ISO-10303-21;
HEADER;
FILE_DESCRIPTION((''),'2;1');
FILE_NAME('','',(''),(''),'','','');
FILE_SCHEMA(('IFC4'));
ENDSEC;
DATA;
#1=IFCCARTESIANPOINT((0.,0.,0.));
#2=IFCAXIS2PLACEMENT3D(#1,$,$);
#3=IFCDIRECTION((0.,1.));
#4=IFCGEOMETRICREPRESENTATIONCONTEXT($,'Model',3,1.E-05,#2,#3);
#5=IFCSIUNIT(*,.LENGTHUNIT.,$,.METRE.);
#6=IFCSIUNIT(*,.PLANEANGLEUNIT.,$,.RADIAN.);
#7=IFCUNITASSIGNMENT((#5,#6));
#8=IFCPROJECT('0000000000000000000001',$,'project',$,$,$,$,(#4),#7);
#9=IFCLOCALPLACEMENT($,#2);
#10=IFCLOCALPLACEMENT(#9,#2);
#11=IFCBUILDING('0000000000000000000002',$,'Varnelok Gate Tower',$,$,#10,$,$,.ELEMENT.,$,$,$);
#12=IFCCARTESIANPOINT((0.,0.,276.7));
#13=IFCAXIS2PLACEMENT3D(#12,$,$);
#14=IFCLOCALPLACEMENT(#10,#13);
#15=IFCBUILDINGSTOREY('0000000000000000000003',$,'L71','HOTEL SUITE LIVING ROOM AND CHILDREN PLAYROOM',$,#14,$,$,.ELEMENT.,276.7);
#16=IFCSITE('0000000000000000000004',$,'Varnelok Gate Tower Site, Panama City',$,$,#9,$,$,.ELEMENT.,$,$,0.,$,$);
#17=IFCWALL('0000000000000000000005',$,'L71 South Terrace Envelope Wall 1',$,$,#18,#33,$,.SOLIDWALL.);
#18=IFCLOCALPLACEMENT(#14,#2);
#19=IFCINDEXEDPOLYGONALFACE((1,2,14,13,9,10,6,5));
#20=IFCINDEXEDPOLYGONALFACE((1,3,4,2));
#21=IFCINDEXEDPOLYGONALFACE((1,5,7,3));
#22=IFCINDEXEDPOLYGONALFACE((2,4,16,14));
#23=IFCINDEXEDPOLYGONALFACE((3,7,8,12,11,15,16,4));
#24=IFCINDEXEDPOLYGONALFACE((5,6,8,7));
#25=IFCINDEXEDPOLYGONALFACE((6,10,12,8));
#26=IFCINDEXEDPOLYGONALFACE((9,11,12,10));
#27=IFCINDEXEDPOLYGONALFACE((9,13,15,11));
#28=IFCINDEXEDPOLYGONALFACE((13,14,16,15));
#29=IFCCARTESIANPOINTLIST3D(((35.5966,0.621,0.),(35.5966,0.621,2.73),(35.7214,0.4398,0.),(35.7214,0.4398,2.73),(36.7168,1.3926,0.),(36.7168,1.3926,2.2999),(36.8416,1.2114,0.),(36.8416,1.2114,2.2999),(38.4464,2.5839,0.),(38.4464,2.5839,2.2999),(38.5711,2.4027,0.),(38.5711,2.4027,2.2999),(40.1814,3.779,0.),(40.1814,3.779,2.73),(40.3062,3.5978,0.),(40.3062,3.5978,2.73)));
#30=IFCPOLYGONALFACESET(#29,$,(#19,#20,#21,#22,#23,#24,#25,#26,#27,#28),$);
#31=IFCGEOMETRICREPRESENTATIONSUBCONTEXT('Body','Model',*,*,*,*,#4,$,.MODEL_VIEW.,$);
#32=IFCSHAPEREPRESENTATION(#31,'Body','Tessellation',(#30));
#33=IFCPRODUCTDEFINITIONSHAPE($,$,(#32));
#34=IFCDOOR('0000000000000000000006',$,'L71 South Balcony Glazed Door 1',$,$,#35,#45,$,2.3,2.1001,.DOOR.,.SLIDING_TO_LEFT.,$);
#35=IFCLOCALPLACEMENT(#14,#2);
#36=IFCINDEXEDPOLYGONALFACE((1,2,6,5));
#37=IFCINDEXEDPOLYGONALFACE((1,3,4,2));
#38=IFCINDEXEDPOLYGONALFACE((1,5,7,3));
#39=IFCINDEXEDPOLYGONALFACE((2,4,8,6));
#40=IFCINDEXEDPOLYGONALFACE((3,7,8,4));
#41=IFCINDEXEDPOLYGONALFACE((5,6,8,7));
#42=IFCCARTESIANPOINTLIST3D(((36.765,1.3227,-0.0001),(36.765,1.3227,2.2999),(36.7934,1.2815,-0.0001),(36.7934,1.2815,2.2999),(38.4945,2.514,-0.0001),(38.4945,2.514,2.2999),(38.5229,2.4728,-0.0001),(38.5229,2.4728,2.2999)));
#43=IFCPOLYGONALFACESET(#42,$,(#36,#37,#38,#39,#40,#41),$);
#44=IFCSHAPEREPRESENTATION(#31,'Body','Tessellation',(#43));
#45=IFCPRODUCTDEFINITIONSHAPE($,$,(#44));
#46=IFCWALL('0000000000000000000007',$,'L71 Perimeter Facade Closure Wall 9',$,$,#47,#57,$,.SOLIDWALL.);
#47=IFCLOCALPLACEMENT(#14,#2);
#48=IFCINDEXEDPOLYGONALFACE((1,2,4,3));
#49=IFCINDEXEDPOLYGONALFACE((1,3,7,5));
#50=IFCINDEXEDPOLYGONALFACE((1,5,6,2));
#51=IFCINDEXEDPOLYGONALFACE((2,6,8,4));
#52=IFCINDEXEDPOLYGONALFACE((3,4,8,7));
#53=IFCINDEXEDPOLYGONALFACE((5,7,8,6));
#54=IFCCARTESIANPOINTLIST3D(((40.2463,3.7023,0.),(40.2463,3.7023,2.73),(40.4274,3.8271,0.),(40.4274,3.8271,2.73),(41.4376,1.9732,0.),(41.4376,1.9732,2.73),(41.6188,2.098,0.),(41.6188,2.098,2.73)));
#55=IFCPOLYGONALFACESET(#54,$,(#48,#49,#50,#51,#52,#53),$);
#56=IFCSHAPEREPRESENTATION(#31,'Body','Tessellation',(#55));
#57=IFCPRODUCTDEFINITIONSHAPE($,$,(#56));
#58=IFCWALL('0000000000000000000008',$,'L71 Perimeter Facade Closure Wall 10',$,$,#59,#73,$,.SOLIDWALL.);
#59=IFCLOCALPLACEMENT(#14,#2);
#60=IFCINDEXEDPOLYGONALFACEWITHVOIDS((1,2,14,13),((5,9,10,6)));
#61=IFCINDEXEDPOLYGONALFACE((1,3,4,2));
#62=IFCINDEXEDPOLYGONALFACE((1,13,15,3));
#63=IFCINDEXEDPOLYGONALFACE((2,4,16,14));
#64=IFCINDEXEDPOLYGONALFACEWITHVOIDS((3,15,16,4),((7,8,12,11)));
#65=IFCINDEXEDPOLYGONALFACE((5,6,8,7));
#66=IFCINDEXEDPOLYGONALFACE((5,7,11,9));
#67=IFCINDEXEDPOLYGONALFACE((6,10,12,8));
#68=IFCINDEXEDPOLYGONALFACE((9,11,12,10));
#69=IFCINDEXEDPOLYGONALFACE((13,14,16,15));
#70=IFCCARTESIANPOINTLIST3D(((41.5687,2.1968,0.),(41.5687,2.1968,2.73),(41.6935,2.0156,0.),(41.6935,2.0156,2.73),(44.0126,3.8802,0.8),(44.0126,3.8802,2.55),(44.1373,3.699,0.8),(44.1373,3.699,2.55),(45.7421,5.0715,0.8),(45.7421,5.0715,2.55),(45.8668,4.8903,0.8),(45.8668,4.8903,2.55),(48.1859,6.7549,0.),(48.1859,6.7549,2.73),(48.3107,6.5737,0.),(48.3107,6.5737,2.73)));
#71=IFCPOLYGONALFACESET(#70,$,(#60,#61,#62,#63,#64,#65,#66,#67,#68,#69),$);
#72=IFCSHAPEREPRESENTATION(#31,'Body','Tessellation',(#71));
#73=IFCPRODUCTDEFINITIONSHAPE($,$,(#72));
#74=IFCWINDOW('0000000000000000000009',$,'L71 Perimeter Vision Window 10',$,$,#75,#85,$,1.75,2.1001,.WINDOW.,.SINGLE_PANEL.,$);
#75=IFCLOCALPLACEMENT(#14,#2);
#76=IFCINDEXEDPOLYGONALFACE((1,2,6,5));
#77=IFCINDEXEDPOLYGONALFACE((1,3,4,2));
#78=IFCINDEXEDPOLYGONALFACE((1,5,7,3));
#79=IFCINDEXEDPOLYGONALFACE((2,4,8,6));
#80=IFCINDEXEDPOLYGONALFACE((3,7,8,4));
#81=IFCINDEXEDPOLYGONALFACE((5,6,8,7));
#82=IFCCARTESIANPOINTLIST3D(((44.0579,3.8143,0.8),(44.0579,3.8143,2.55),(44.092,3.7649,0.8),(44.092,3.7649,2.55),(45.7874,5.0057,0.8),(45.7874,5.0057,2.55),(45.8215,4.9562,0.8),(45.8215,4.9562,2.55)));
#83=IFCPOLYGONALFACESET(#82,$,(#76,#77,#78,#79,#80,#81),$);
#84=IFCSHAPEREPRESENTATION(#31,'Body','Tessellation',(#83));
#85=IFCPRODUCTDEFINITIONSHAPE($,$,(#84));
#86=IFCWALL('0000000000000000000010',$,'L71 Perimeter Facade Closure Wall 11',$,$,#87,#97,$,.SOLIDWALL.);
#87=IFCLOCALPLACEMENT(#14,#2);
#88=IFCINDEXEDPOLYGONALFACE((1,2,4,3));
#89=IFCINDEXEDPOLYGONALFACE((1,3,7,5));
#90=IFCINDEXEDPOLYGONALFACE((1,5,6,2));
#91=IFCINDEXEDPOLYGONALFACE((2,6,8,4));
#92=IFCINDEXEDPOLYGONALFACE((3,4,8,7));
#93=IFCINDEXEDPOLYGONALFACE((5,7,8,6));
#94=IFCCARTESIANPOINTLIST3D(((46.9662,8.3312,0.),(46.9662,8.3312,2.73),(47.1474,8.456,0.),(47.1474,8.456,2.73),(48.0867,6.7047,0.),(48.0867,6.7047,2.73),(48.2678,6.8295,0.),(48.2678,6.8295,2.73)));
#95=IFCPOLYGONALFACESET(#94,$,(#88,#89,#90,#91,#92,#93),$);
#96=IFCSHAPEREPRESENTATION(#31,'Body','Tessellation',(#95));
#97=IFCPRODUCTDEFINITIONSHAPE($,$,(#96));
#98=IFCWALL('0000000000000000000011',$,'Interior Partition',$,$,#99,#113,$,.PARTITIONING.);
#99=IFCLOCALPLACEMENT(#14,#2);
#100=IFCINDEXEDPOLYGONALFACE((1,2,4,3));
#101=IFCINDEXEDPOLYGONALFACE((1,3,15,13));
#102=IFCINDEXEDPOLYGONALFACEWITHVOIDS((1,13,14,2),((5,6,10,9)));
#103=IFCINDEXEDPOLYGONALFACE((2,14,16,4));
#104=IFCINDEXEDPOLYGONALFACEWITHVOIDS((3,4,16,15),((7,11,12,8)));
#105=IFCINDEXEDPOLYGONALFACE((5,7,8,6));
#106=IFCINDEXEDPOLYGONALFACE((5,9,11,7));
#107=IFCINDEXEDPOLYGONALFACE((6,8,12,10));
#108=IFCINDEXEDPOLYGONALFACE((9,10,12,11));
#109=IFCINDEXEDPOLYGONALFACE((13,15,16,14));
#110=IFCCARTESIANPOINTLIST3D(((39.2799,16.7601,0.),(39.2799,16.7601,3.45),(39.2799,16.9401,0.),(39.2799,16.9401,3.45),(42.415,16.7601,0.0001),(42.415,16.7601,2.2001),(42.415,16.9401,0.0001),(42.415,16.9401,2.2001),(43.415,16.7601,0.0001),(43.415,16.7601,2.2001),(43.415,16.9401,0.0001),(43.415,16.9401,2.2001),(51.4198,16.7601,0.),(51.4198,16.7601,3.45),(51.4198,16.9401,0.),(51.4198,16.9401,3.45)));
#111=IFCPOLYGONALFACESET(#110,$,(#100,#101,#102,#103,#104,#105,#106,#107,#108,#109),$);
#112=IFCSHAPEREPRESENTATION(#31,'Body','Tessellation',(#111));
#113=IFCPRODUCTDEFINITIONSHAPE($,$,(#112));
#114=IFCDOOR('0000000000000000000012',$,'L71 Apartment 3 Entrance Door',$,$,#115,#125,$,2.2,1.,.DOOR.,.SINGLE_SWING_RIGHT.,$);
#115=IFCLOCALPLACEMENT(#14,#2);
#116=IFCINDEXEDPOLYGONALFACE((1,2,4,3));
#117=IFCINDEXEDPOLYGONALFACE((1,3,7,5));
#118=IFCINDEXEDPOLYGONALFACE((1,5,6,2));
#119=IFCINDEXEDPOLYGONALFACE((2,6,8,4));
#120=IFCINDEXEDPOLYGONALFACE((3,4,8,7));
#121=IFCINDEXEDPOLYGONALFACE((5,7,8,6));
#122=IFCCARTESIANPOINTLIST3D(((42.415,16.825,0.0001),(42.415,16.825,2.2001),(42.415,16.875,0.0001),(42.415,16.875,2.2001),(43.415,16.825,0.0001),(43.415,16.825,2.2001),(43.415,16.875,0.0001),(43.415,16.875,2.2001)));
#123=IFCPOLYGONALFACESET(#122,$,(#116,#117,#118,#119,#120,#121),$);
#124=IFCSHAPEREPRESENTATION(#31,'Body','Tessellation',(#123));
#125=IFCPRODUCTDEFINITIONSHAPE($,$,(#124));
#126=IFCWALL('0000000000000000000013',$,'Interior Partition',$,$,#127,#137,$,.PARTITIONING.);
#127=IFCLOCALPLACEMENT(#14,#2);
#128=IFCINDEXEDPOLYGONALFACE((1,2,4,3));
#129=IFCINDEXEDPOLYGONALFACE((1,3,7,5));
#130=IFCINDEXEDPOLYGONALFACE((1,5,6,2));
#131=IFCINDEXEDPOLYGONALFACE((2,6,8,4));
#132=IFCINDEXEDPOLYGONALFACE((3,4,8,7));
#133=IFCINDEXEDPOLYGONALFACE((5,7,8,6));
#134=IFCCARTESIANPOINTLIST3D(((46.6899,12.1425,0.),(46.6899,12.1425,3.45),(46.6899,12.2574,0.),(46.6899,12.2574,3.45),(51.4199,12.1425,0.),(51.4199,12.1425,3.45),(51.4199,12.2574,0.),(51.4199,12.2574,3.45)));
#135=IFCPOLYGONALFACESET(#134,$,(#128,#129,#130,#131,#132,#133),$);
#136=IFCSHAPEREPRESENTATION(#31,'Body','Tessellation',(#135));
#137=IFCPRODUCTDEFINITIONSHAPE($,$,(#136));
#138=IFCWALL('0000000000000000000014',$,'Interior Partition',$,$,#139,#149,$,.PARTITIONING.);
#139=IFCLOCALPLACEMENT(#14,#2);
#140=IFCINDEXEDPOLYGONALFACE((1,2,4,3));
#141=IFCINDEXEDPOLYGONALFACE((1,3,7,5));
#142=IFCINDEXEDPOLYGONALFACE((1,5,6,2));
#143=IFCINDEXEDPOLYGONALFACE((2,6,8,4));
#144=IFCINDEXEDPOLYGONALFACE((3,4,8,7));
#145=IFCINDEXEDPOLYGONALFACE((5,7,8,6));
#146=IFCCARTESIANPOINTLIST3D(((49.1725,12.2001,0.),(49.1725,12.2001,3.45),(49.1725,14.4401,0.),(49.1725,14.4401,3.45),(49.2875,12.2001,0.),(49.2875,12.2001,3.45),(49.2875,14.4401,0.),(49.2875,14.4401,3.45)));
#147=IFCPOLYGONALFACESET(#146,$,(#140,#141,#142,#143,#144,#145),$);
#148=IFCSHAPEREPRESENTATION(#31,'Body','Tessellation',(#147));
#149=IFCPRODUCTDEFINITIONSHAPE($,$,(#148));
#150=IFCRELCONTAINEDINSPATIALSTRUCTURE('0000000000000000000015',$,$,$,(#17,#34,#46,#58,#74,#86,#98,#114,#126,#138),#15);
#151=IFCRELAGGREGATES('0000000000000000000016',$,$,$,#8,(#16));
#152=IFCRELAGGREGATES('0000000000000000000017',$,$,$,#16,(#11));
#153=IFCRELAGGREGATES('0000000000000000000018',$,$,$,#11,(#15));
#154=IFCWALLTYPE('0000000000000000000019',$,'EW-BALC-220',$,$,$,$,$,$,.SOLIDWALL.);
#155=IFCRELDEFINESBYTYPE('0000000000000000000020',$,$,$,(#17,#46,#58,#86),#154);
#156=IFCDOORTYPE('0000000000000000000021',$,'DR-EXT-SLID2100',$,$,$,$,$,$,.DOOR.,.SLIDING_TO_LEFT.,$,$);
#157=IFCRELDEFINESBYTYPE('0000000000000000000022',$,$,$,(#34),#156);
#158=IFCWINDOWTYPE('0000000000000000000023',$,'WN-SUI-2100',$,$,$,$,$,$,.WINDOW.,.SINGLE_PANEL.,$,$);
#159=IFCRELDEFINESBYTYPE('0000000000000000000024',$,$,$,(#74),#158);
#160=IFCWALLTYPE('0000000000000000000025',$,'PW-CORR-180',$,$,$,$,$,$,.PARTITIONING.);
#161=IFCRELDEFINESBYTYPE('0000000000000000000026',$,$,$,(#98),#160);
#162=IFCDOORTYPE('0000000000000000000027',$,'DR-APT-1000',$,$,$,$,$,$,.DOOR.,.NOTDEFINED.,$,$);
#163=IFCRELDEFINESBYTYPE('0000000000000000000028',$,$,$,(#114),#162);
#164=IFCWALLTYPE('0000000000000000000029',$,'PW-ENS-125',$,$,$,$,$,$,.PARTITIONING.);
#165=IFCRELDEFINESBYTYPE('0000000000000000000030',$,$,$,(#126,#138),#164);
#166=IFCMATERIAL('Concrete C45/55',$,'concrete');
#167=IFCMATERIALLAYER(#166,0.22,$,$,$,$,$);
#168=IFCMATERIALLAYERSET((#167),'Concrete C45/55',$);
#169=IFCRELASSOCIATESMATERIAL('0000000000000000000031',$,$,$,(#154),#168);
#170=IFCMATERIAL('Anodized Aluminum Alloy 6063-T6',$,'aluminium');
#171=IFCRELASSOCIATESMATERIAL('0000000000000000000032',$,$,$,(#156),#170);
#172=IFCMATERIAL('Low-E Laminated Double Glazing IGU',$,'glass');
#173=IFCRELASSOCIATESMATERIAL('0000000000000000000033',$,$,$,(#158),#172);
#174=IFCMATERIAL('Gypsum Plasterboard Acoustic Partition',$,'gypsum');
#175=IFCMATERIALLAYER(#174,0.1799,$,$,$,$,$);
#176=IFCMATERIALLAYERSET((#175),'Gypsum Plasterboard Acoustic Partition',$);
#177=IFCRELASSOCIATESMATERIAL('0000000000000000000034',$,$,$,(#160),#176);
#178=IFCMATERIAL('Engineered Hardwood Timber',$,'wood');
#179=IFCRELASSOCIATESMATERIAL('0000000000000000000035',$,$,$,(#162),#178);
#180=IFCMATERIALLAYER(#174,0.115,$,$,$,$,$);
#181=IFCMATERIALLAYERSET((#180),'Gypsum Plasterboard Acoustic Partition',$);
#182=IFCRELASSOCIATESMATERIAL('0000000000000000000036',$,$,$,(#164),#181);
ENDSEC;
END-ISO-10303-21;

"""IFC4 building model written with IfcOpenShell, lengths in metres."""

from ifc_helpers import new_model, si_unit, direction, frame, frame_2d, origin, place, context, subcontext, project, spatial, rectangle, extrude, material, layer, layer_set, type_object, element, fill, save


model = new_model("IFC4")

# Units and contexts
model_context = context("Model", 3, precision=1e-05, world=origin(), true_north=direction((0.0, 1.0)))
body_context = subcontext(model_context, "Body", "Model", "MODEL_VIEW")
ifc_project = project(units=[si_unit("LENGTHUNIT", "METRE"), si_unit("PLANEANGLEUNIT", "RADIAN")], contexts=[model_context])

# Site, building, storey
site_placement = place(None, origin())
site = spatial("IfcSite", under=ifc_project, at=site_placement, Name="Varnelok Gate Tower Site, Panama City", CompositionType="ELEMENT", RefElevation=0.0)
building_placement = place(site_placement, origin())
building = spatial("IfcBuilding", under=site, at=building_placement, Name="Varnelok Gate Tower", CompositionType="ELEMENT")
storey_placement = place(building_placement, frame((0.0, 0.0, 276.7)))
storey = spatial("IfcBuildingStorey", under=building, at=storey_placement, Name="L71", Description="HOTEL SUITE LIVING ROOM AND CHILDREN PLAYROOM", CompositionType="ELEMENT", Elevation=276.7)

# Wall, opening, door
ifc_material_1 = material(Name="Concrete C45/55", Category="concrete")
ifc_layer_1 = layer(ifc_material_1, 0.22)
ifc_layer_set_1 = layer_set([ifc_layer_1], Name="Concrete C45/55")
wall_type_1 = type_object("IfcWallType", Name="EW-BALC-220", PredefinedType="SOLIDWALL", material=ifc_layer_set_1)
wall_1_placement = place(storey_placement, frame((40.2439, 3.6885, 0.0), z_axis=(0.0, 0.0, 1.0), x_axis=(-0.823541, -0.567256, 0.0)))
wall_1 = element("IfcWall", 1, at=wall_1_placement, inside=storey, type_object=wall_type_1, Name="L71 South Terrace Envelope Wall 1", PredefinedType="SOLIDWALL", context=body_context, shape_type="SweptSolid", body=[
    extrude(rectangle(XDim=5.5671, YDim=0.22, at=frame_2d((2.7837, 0.0))), origin(), (0.0, 0.0, 1.0), 2.73),
])
opening_1_placement = place(wall_1_placement, frame((2.1069, 0.0, 0.0)))
opening_1 = element("IfcOpeningElement", 2, at=opening_1_placement, cuts=wall_1, PredefinedType="OPENING", context=body_context, shape_type="SweptSolid", body=[
    extrude(rectangle(XDim=2.1001, YDim=2.3, at=frame_2d((1.05, 1.1499))), frame((0.0, 0.1199, 0.0), z_axis=(0.0, -1.0, 0.0), x_axis=(1.0, 0.0, 0.0)), (0.0, 0.0, 1.0), 0.24),
])
ifc_material_2 = material(Name="Anodized Aluminum Alloy 6063-T6", Category="aluminium")
door_type_1 = type_object("IfcDoorType", Name="DR-EXT-SLID2100", OperationType="SLIDING_TO_LEFT", PredefinedType="DOOR", material=ifc_material_2)
door_1_placement = place(opening_1_placement, origin())
door_1 = element("IfcDoor", 3, at=door_1_placement, inside=storey, type_object=door_type_1, Name="L71 South Balcony Glazed Door 1", OperationType="SLIDING_TO_LEFT", OverallHeight=2.3, OverallWidth=2.1001, PredefinedType="DOOR", context=body_context, shape_type="SweptSolid", body=[
    extrude(rectangle(XDim=2.1001, YDim=2.3, at=frame_2d((1.05, 1.1499))), frame((0.0, 0.0249, 0.0), z_axis=(0.0, -1.0, 0.0), x_axis=(1.0, 0.0, 0.0)), (0.0, 0.0, 1.0), 0.05),
])
fill(opening_1, door_1)

# Wall
wall_2_placement = place(storey_placement, frame((40.3369, 3.7646, 0.0), z_axis=(0.0, 0.0, 1.0), x_axis=(0.567353, -0.823475, 0.0)))
element("IfcWall", 4, at=wall_2_placement, inside=storey, type_object=wall_type_1, Name="L71 Perimeter Facade Closure Wall 9", PredefinedType="SOLIDWALL", context=body_context, shape_type="SweptSolid", body=[
    extrude(rectangle(XDim=2.0999, YDim=0.22, at=frame_2d((1.0498, 0.0))), origin(), (0.0, 0.0, 1.0), 2.73),
])

# Wall, opening, window
wall_3_placement = place(storey_placement, frame((41.6311, 2.1062, 0.0), z_axis=(0.0, 0.0, 1.0), x_axis=(0.823531, 0.567271, 0.0)))
wall_3 = element("IfcWall", 5, at=wall_3_placement, inside=storey, type_object=wall_type_1, Name="L71 Perimeter Facade Closure Wall 10", PredefinedType="SOLIDWALL", context=body_context, shape_type="SweptSolid", body=[
    extrude(rectangle(XDim=8.0352, YDim=0.22, at=frame_2d((4.0176, 0.0))), origin(), (0.0, 0.0, 1.0), 2.73),
])
opening_2_placement = place(wall_3_placement, frame((2.9675, 0.0, 0.8)))
opening_2 = element("IfcOpeningElement", 6, at=opening_2_placement, cuts=wall_3, PredefinedType="OPENING", context=body_context, shape_type="SweptSolid", body=[
    extrude(rectangle(XDim=2.1001, YDim=1.75, at=frame_2d((1.05, 0.875))), frame((0.0, 0.1199, 0.0), z_axis=(0.0, -1.0, 0.0), x_axis=(1.0, 0.0, 0.0)), (0.0, 0.0, 1.0), 0.24),
])
ifc_material_3 = material(Name="Low-E Laminated Double Glazing IGU", Category="glass")
window_type = type_object("IfcWindowType", Name="WN-SUI-2100", PartitioningType="SINGLE_PANEL", PredefinedType="WINDOW", material=ifc_material_3)
window_placement = place(opening_2_placement, origin())
window = element("IfcWindow", 7, at=window_placement, inside=storey, type_object=window_type, Name="L71 Perimeter Vision Window 10", OverallHeight=1.75, OverallWidth=2.1001, PartitioningType="SINGLE_PANEL", PredefinedType="WINDOW", context=body_context, shape_type="SweptSolid", body=[
    extrude(rectangle(XDim=2.1001, YDim=1.75, at=frame_2d((1.05, 0.875))), frame((0.0, 0.03, 0.0), z_axis=(0.0, -1.0, 0.0), x_axis=(1.0, 0.0, 0.0)), (0.0, 0.0, 1.0), 0.0601),
])
fill(opening_2, window)

# Wall
wall_4_placement = place(storey_placement, frame((48.1772, 6.7671, 0.0), z_axis=(0.0, 0.0, 1.0), x_axis=(-0.567274, 0.823529, 0.0)))
element("IfcWall", 8, at=wall_4_placement, inside=storey, type_object=wall_type_1, Name="L71 Perimeter Facade Closure Wall 11", PredefinedType="SOLIDWALL", context=body_context, shape_type="SweptSolid", body=[
    extrude(rectangle(XDim=1.9751, YDim=0.22, at=frame_2d((0.9875, 0.0))), origin(), (0.0, 0.0, 1.0), 2.73),
])

# Wall, opening, door
ifc_material_4 = material(Name="Gypsum Plasterboard Acoustic Partition", Category="gypsum")
ifc_layer_2 = layer(ifc_material_4, 0.1799)
ifc_layer_set_2 = layer_set([ifc_layer_2], Name="Gypsum Plasterboard Acoustic Partition")
wall_type_2 = type_object("IfcWallType", Name="PW-CORR-180", PredefinedType="PARTITIONING", material=ifc_layer_set_2)
wall_5_placement = place(storey_placement, frame((39.28, 16.8501, 0.0), z_axis=(0.0, 0.0, 1.0), x_axis=(1.0, 0.0, 0.0)))
wall_5 = element("IfcWall", 9, at=wall_5_placement, inside=storey, type_object=wall_type_2, Name="Interior Partition", PredefinedType="PARTITIONING", context=body_context, shape_type="SweptSolid", body=[
    extrude(rectangle(XDim=12.1399, YDim=0.1799, at=frame_2d((6.0698, 0.0))), origin(), (0.0, 0.0, 1.0), 3.45),
])
opening_3_placement = place(wall_5_placement, frame((3.135, 0.0, 0.0)))
opening_3 = element("IfcOpeningElement", 10, at=opening_3_placement, cuts=wall_5, PredefinedType="OPENING", context=body_context, shape_type="SweptSolid", body=[
    extrude(rectangle(XDim=1.0, YDim=2.2, at=frame_2d((0.5, 1.1001))), frame((0.0, 0.0999, 0.0), z_axis=(0.0, -1.0, 0.0), x_axis=(1.0, 0.0, 0.0)), (0.0, 0.0, 1.0), 0.2),
])
ifc_material_5 = material(Name="Engineered Hardwood Timber", Category="wood")
door_type_2 = type_object("IfcDoorType", Name="DR-APT-1000", OperationType="NOTDEFINED", PredefinedType="DOOR", material=ifc_material_5)
door_2_placement = place(opening_3_placement, origin())
door_2 = element("IfcDoor", 11, at=door_2_placement, inside=storey, type_object=door_type_2, Name="L71 Apartment 3 Entrance Door", OperationType="SINGLE_SWING_RIGHT", OverallHeight=2.2, OverallWidth=1.0, PredefinedType="DOOR", context=body_context, shape_type="SweptSolid", body=[
    extrude(rectangle(XDim=1.0, YDim=2.2, at=frame_2d((0.5, 1.1001))), frame((0.0, 0.0249, 0.0), z_axis=(0.0, -1.0, 0.0), x_axis=(1.0, 0.0, 0.0)), (0.0, 0.0, 1.0), 0.05),
])
fill(opening_3, door_2)

# Walls
ifc_layer_3 = layer(ifc_material_4, 0.115)
ifc_layer_set_3 = layer_set([ifc_layer_3], Name="Gypsum Plasterboard Acoustic Partition")
wall_type_3 = type_object("IfcWallType", Name="PW-ENS-125", PredefinedType="PARTITIONING", material=ifc_layer_set_3)
wall_6_placement = place(storey_placement, frame((46.6899, 12.2, 0.0), z_axis=(0.0, 0.0, 1.0), x_axis=(1.0, 0.0, 0.0)))
element("IfcWall", 12, at=wall_6_placement, inside=storey, type_object=wall_type_3, Name="Interior Partition", PredefinedType="PARTITIONING", context=body_context, shape_type="SweptSolid", body=[
    extrude(rectangle(XDim=4.73, YDim=0.115, at=frame_2d((2.365, 0.0))), origin(), (0.0, 0.0, 1.0), 3.45),
])
wall_7_placement = place(storey_placement, frame((49.23, 12.2, 0.0), z_axis=(0.0, 0.0, 1.0), x_axis=(0.0, 1.0, 0.0)))
element("IfcWall", 13, at=wall_7_placement, inside=storey, type_object=wall_type_3, Name="Interior Partition", PredefinedType="PARTITIONING", context=body_context, shape_type="SweptSolid", body=[
    extrude(rectangle(XDim=2.24, YDim=0.115, at=frame_2d((1.1201, 0.0))), origin(), (0.0, 0.0, 1.0), 3.45),
])

save(model, "model.ifc")
